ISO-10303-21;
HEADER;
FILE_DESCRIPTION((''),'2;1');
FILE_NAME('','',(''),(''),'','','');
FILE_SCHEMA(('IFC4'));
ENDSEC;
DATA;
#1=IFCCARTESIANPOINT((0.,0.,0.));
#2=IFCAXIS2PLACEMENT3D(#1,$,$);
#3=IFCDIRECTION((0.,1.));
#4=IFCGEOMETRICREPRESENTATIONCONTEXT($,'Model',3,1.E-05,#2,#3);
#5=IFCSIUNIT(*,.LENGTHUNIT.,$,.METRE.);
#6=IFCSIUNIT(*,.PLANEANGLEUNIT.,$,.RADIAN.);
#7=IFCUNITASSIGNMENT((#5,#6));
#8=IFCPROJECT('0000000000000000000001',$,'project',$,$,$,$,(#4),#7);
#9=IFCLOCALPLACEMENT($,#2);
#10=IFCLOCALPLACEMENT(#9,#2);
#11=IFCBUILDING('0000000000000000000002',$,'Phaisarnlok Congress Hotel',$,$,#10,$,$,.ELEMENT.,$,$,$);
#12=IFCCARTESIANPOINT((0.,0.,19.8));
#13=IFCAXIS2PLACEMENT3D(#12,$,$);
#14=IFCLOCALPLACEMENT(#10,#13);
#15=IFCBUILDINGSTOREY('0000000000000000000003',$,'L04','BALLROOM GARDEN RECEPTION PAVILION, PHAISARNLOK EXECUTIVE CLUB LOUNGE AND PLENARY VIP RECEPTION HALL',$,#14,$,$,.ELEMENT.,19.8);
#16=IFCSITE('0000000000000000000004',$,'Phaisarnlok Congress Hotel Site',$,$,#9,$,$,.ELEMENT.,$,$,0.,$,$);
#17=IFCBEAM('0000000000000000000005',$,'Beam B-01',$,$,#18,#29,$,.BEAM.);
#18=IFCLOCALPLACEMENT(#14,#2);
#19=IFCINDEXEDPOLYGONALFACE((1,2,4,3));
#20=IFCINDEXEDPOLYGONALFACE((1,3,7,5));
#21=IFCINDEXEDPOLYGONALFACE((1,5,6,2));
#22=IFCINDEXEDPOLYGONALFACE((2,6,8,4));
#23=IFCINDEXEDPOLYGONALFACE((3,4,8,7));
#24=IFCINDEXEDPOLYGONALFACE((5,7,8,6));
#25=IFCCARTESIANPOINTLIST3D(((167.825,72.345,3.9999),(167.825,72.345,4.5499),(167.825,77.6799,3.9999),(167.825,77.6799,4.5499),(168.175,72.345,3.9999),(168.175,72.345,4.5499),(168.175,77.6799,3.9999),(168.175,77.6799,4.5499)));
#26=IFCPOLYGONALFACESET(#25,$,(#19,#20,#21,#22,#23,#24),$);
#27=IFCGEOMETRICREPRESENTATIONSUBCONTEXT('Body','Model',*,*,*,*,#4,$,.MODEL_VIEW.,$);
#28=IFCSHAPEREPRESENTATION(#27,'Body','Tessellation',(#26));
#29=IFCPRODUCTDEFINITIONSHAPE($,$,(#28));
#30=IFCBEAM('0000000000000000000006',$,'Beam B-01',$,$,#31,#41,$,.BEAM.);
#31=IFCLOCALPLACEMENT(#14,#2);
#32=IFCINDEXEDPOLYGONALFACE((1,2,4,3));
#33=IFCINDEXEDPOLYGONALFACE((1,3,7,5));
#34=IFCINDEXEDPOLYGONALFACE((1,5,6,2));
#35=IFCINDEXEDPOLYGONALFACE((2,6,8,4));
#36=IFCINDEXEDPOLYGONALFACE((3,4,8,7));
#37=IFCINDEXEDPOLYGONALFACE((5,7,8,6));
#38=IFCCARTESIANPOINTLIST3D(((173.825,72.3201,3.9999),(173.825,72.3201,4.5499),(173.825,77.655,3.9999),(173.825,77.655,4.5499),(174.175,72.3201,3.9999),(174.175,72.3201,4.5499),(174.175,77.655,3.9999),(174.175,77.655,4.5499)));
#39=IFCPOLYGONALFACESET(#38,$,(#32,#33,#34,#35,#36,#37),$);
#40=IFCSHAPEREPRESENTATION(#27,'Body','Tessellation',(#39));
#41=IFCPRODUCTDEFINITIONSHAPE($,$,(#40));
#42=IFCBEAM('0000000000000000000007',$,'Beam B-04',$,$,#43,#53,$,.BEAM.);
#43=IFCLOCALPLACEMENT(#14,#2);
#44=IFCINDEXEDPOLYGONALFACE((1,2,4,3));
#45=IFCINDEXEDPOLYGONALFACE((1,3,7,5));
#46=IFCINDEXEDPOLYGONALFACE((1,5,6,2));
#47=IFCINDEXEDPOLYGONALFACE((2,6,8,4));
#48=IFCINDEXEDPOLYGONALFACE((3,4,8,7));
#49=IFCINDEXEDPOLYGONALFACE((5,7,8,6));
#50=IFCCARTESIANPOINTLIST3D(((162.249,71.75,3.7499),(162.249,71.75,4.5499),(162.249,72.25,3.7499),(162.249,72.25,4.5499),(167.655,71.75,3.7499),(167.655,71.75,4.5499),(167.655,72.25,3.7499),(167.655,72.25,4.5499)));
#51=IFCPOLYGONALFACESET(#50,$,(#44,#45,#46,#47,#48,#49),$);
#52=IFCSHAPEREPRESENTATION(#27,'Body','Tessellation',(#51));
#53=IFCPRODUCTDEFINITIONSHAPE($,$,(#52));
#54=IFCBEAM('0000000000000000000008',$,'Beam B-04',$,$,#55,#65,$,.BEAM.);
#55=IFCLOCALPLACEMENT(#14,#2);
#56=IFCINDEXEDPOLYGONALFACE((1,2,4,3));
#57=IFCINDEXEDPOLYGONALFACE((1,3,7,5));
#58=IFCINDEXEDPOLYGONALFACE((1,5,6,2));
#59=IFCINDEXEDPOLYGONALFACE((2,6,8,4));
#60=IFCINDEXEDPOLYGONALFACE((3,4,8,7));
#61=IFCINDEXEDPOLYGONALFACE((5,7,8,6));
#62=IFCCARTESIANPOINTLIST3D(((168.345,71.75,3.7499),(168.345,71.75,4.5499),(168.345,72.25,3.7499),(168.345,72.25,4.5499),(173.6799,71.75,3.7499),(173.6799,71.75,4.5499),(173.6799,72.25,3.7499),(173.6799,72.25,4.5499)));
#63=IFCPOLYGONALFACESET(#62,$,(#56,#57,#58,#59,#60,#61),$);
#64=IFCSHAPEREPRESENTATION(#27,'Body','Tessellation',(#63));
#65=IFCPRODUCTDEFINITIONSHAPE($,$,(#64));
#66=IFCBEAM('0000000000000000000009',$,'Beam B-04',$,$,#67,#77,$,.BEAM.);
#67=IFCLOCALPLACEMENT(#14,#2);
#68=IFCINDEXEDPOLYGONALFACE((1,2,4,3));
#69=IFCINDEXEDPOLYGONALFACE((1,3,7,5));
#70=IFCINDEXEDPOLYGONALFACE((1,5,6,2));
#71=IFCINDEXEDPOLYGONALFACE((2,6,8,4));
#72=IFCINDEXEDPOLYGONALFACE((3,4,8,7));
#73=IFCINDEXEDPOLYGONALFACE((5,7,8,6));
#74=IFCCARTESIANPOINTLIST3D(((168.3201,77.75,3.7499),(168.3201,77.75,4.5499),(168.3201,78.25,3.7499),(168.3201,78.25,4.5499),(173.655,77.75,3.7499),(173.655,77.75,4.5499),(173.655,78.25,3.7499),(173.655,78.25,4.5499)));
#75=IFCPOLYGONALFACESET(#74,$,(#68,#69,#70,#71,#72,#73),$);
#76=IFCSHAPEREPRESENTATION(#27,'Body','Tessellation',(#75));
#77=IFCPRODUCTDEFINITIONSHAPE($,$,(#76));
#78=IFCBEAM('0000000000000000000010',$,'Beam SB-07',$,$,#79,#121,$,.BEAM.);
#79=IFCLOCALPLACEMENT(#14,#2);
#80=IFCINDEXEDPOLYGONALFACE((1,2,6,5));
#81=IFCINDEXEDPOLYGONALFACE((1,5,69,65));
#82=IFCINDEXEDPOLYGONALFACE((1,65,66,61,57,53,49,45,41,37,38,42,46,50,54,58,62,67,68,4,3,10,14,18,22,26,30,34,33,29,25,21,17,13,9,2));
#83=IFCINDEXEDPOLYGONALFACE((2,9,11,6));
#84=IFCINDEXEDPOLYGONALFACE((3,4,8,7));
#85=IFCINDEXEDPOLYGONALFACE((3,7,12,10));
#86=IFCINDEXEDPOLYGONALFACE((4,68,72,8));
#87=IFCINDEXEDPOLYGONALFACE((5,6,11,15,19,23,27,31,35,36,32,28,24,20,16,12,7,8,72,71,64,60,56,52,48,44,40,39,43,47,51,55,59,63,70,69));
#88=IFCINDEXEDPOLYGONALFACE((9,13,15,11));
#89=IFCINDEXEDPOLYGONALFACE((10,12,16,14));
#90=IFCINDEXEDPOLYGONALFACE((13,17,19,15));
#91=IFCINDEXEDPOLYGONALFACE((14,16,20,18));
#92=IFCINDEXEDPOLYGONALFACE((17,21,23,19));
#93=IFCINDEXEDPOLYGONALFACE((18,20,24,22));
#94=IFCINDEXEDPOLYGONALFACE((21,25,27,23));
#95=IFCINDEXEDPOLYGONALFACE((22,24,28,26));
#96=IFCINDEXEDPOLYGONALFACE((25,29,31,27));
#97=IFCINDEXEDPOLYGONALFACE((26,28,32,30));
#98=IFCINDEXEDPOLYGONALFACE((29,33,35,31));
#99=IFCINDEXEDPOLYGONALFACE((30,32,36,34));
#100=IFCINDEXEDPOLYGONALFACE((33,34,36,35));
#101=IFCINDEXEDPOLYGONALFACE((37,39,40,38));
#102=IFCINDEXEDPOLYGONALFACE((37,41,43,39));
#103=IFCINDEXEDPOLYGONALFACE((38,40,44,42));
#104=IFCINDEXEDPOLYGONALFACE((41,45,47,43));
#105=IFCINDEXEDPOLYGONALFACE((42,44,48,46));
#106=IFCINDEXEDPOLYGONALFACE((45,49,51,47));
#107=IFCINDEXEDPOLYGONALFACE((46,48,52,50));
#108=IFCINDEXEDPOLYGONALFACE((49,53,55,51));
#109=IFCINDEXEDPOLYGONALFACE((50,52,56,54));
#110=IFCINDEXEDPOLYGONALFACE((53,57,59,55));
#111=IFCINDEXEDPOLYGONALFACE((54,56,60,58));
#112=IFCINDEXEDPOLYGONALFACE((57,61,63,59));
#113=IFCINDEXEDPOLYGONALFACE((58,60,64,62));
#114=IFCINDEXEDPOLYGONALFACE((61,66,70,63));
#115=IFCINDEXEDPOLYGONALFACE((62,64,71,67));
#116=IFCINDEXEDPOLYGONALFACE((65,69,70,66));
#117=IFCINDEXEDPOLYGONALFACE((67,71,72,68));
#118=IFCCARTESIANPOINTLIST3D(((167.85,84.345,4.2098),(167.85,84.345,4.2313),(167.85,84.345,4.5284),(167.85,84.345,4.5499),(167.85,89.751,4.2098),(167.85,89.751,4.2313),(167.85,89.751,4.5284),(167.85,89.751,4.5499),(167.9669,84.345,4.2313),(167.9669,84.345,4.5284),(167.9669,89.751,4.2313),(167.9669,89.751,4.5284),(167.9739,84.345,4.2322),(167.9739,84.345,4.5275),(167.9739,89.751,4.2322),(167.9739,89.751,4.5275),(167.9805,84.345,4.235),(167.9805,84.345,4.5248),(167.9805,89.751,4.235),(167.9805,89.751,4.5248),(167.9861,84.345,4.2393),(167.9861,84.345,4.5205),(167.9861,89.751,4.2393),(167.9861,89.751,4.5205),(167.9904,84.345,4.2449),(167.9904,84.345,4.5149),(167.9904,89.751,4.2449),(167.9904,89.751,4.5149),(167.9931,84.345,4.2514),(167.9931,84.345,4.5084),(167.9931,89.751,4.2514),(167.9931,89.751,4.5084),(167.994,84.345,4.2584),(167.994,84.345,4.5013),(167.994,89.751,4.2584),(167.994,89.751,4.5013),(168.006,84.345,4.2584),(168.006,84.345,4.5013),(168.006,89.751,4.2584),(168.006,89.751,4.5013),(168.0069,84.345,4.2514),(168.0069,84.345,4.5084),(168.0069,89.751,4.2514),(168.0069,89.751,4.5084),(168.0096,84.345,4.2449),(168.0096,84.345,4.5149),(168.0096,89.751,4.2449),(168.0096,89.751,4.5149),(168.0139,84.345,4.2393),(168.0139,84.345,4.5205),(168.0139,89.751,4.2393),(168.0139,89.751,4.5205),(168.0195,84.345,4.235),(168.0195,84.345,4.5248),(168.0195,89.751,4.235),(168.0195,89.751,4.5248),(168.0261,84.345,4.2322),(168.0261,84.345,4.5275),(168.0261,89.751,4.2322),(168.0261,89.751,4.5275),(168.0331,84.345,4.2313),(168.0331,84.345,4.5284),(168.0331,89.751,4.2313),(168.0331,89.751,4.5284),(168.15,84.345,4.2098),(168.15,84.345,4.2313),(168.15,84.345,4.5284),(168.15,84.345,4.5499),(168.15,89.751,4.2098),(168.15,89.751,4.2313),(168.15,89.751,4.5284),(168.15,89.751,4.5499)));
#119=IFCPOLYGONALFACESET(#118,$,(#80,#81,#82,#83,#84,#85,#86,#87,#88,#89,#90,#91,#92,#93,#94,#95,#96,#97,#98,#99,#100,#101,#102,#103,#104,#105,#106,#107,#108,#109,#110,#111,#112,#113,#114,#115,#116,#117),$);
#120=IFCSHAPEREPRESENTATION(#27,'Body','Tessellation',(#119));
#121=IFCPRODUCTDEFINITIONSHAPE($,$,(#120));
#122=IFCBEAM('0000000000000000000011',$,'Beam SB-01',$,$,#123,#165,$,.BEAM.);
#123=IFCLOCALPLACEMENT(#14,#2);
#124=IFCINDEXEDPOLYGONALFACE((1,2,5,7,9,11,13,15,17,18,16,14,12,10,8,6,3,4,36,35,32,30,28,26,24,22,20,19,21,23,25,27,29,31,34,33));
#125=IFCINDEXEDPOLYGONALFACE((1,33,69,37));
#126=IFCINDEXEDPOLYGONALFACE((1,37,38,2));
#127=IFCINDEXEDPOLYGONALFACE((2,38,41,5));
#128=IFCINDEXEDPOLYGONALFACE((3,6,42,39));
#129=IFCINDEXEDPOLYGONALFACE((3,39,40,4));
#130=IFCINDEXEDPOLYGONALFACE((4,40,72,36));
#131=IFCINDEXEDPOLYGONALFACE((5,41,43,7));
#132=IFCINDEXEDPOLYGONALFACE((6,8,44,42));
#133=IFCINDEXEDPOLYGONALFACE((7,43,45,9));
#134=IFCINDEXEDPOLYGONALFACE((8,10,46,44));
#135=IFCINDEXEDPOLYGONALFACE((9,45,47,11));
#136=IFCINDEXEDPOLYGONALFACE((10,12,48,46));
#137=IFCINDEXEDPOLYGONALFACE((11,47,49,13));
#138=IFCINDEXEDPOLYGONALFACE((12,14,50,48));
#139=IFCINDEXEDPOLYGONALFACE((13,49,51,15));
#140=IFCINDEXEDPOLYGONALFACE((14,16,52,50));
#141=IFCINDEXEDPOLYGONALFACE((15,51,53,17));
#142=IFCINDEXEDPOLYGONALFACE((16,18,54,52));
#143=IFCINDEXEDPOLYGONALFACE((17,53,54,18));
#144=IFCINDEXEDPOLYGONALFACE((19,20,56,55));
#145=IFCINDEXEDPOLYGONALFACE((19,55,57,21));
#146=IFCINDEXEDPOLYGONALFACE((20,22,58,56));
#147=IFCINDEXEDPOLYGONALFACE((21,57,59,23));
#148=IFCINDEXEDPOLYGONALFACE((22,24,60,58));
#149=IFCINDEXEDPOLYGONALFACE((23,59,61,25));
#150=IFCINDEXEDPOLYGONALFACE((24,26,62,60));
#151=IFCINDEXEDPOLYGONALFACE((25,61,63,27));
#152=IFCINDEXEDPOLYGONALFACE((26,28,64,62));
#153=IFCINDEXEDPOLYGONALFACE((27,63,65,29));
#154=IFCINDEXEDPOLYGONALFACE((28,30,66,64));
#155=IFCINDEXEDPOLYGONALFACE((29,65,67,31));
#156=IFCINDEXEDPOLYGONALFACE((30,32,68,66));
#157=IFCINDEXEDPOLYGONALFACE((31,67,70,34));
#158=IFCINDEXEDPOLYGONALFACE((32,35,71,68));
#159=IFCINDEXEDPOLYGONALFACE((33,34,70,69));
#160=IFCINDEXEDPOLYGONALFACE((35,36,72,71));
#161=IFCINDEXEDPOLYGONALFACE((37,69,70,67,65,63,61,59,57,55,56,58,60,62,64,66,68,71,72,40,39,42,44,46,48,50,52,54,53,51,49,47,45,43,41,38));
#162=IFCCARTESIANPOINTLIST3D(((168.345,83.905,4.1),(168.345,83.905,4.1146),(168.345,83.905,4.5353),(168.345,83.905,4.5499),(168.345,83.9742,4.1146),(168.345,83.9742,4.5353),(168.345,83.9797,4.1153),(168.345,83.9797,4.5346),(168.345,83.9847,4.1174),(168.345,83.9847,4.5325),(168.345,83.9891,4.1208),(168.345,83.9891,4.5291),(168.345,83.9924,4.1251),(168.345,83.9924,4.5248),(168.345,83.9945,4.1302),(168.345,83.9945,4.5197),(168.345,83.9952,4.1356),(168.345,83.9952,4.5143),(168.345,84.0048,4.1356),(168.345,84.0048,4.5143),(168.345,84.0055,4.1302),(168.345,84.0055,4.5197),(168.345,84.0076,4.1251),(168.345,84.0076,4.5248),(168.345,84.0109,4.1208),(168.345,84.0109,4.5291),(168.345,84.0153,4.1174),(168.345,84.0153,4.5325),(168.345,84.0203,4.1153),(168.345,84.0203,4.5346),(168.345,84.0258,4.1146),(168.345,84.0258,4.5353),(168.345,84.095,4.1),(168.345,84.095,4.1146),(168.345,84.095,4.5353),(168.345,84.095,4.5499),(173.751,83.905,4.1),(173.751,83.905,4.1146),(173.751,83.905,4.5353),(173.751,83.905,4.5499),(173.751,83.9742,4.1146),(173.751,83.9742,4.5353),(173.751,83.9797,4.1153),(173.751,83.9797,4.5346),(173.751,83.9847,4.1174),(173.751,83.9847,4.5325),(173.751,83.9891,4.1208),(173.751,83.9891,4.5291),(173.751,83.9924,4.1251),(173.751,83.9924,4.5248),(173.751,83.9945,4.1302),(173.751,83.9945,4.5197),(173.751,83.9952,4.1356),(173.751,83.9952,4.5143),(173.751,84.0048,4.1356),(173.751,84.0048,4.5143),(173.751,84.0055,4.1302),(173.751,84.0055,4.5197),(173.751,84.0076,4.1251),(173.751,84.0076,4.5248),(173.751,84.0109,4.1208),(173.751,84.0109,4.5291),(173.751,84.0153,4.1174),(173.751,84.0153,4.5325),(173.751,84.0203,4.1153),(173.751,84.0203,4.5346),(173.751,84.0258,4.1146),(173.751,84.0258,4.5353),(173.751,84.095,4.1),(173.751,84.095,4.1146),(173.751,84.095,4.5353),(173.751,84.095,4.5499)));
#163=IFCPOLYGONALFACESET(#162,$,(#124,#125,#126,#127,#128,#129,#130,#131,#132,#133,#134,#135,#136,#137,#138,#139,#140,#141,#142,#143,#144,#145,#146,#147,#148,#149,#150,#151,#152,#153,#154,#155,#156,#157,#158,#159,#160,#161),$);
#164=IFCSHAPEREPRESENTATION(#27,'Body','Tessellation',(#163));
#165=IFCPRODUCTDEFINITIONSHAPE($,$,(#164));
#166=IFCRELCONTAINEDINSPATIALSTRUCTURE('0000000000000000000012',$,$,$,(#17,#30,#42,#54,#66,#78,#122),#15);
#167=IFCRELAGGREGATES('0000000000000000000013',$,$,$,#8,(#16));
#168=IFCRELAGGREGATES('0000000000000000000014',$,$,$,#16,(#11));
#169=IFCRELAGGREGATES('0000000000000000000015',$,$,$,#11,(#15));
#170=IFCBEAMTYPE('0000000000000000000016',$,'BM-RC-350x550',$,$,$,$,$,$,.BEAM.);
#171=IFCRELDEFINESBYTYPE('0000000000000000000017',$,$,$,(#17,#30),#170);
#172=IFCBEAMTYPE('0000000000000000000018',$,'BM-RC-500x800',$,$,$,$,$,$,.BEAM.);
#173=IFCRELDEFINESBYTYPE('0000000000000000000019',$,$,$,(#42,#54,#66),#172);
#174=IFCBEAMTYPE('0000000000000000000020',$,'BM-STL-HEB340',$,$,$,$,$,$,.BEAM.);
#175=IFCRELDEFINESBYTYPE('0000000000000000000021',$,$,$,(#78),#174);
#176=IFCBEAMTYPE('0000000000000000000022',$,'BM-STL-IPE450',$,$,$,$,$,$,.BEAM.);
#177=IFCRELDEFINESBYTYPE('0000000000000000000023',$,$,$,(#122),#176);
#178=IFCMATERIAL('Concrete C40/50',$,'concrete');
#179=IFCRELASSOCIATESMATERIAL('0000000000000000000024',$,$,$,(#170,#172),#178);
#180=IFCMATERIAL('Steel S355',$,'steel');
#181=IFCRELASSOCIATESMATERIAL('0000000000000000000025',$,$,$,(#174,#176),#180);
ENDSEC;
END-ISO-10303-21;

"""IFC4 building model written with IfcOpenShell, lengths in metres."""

from ifc_helpers import new_model, si_unit, direction, frame, origin, origin_2d, place, context, subcontext, project, spatial, rectangle, i_section, extrude, material, material_profile, profile_set, type_object, element, save


model = new_model("IFC4")

# Units and contexts
model_context = context("Model", 3, precision=1e-05, world=origin(), true_north=direction((0.0, 1.0)))
body_context = subcontext(model_context, "Body", "Model", "MODEL_VIEW")
ifc_project = project(units=[si_unit("LENGTHUNIT", "METRE"), si_unit("PLANEANGLEUNIT", "RADIAN")], contexts=[model_context])

# Site, building, storey
site_placement = place(None, origin())
site = spatial("IfcSite", under=ifc_project, at=site_placement, Name="Phaisarnlok Congress Hotel Site", CompositionType="ELEMENT", RefElevation=0.0)
building_placement = place(site_placement, origin())
building = spatial("IfcBuilding", under=site, at=building_placement, Name="Phaisarnlok Congress Hotel", CompositionType="ELEMENT")
storey_placement = place(building_placement, frame((0.0, 0.0, 19.8)))
storey = spatial("IfcBuildingStorey", under=building, at=storey_placement, Name="L04", Description="BALLROOM GARDEN RECEPTION PAVILION, PHAISARNLOK EXECUTIVE CLUB LOUNGE AND PLENARY VIP RECEPTION HALL", CompositionType="ELEMENT", Elevation=19.8)

# Shared definitions
ifc_material_1 = material(Name="Steel S355", Category="steel")

# Beams
ifc_material_2 = material(Name="Concrete C40/50", Category="concrete")
ifc_material_profile_1 = material_profile(ifc_material_2, rectangle(XDim=0.3501, YDim=0.55, at=origin_2d()), Name="RC 350x550")
ifc_profile_set_1 = profile_set([ifc_material_profile_1], Name="Concrete C40/50")
beam_type_1 = type_object("IfcBeamType", Name="BM-RC-350x550", PredefinedType="BEAM", material=ifc_profile_set_1)
for number, where, z_axis, x_axis, name in (
    (1, (168.0, 72.345, 4.2749), (0.0, 1.0, 0.0), (-1.0, 0.0, 0.0), "Beam B-01"),
    (2, (174.0, 72.3201, 4.2749), (0.0, 1.0, 0.0), (-1.0, 0.0, 0.0), "Beam B-01"),
):
    element("IfcBeam", number, at=place(storey_placement, frame(where, z_axis=z_axis, x_axis=x_axis)), inside=storey, type_object=beam_type_1, Name=name, PredefinedType="BEAM", context=body_context, shape_type="SweptSolid", body=[
        extrude(rectangle(XDim=0.3501, YDim=0.55, at=origin_2d()), origin(), (0.0, 0.0, 1.0), 5.335),
    ])
ifc_material_profile_2 = material_profile(ifc_material_2, rectangle(XDim=0.5, YDim=0.8, at=origin_2d()), Name="RC 500x800")
ifc_profile_set_2 = profile_set([ifc_material_profile_2], Name="Concrete C40/50")
beam_type_2 = type_object("IfcBeamType", Name="BM-RC-500x800", PredefinedType="BEAM", material=ifc_profile_set_2)
beam_1_placement = place(storey_placement, frame((162.249, 72.0, 4.1499), z_axis=(1.0, 0.0, 0.0), x_axis=(0.0, 1.0, 0.0)))
element("IfcBeam", 3, at=beam_1_placement, inside=storey, type_object=beam_type_2, Name="Beam B-04", PredefinedType="BEAM", context=body_context, shape_type="SweptSolid", body=[
    extrude(rectangle(XDim=0.5, YDim=0.8, at=origin_2d()), origin(), (0.0, 0.0, 1.0), 5.406),
])
for number, where, z_axis, x_axis, name in (
    (4, (168.345, 72.0, 4.1499), (1.0, 0.0, 0.0), (0.0, 1.0, 0.0), "Beam B-04"),
    (5, (168.3201, 78.0, 4.1499), (1.0, 0.0, 0.0), (0.0, 1.0, 0.0), "Beam B-04"),
):
    element("IfcBeam", number, at=place(storey_placement, frame(where, z_axis=z_axis, x_axis=x_axis)), inside=storey, type_object=beam_type_2, Name=name, PredefinedType="BEAM", context=body_context, shape_type="SweptSolid", body=[
        extrude(rectangle(XDim=0.5, YDim=0.8, at=origin_2d()), origin(), (0.0, 0.0, 1.0), 5.335),
    ])
ifc_material_profile_3 = material_profile(ifc_material_1, i_section(OverallWidth=0.3, OverallDepth=0.3401, WebThickness=0.012, FlangeThickness=0.0215, FilletRadius=0.0271, at=origin_2d()), Name="HEB 340")
ifc_profile_set_3 = profile_set([ifc_material_profile_3], Name="Steel S355")
beam_type_3 = type_object("IfcBeamType", Name="BM-STL-HEB340", PredefinedType="BEAM", material=ifc_profile_set_3)
beam_2_placement = place(storey_placement, frame((168.0, 84.345, 4.3799), z_axis=(0.0, 1.0, 0.0), x_axis=(-1.0, 0.0, 0.0)))
element("IfcBeam", 6, at=beam_2_placement, inside=storey, type_object=beam_type_3, Name="Beam SB-07", PredefinedType="BEAM", context=body_context, shape_type="SweptSolid", body=[
    extrude(i_section(OverallWidth=0.3, OverallDepth=0.3401, WebThickness=0.012, FlangeThickness=0.0215, FilletRadius=0.0271, at=origin_2d()), origin(), (0.0, 0.0, 1.0), 5.406),
])
ifc_material_profile_4 = material_profile(ifc_material_1, i_section(OverallWidth=0.1899, OverallDepth=0.45, WebThickness=0.0095, FlangeThickness=0.0146, FilletRadius=0.021, at=origin_2d()), Name="IPE 450")
ifc_profile_set_4 = profile_set([ifc_material_profile_4], Name="Steel S355")
beam_type_4 = type_object("IfcBeamType", Name="BM-STL-IPE450", PredefinedType="BEAM", material=ifc_profile_set_4)
beam_3_placement = place(storey_placement, frame((168.345, 84.0, 4.325), z_axis=(1.0, 0.0, 0.0), x_axis=(0.0, 1.0, 0.0)))
element("IfcBeam", 7, at=beam_3_placement, inside=storey, type_object=beam_type_4, Name="Beam SB-01", PredefinedType="BEAM", context=body_context, shape_type="SweptSolid", body=[
    extrude(i_section(OverallWidth=0.1899, OverallDepth=0.45, WebThickness=0.0095, FlangeThickness=0.0146, FilletRadius=0.021, at=origin_2d()), origin(), (0.0, 0.0, 1.0), 5.406),
])

save(model, "model.ifc")
